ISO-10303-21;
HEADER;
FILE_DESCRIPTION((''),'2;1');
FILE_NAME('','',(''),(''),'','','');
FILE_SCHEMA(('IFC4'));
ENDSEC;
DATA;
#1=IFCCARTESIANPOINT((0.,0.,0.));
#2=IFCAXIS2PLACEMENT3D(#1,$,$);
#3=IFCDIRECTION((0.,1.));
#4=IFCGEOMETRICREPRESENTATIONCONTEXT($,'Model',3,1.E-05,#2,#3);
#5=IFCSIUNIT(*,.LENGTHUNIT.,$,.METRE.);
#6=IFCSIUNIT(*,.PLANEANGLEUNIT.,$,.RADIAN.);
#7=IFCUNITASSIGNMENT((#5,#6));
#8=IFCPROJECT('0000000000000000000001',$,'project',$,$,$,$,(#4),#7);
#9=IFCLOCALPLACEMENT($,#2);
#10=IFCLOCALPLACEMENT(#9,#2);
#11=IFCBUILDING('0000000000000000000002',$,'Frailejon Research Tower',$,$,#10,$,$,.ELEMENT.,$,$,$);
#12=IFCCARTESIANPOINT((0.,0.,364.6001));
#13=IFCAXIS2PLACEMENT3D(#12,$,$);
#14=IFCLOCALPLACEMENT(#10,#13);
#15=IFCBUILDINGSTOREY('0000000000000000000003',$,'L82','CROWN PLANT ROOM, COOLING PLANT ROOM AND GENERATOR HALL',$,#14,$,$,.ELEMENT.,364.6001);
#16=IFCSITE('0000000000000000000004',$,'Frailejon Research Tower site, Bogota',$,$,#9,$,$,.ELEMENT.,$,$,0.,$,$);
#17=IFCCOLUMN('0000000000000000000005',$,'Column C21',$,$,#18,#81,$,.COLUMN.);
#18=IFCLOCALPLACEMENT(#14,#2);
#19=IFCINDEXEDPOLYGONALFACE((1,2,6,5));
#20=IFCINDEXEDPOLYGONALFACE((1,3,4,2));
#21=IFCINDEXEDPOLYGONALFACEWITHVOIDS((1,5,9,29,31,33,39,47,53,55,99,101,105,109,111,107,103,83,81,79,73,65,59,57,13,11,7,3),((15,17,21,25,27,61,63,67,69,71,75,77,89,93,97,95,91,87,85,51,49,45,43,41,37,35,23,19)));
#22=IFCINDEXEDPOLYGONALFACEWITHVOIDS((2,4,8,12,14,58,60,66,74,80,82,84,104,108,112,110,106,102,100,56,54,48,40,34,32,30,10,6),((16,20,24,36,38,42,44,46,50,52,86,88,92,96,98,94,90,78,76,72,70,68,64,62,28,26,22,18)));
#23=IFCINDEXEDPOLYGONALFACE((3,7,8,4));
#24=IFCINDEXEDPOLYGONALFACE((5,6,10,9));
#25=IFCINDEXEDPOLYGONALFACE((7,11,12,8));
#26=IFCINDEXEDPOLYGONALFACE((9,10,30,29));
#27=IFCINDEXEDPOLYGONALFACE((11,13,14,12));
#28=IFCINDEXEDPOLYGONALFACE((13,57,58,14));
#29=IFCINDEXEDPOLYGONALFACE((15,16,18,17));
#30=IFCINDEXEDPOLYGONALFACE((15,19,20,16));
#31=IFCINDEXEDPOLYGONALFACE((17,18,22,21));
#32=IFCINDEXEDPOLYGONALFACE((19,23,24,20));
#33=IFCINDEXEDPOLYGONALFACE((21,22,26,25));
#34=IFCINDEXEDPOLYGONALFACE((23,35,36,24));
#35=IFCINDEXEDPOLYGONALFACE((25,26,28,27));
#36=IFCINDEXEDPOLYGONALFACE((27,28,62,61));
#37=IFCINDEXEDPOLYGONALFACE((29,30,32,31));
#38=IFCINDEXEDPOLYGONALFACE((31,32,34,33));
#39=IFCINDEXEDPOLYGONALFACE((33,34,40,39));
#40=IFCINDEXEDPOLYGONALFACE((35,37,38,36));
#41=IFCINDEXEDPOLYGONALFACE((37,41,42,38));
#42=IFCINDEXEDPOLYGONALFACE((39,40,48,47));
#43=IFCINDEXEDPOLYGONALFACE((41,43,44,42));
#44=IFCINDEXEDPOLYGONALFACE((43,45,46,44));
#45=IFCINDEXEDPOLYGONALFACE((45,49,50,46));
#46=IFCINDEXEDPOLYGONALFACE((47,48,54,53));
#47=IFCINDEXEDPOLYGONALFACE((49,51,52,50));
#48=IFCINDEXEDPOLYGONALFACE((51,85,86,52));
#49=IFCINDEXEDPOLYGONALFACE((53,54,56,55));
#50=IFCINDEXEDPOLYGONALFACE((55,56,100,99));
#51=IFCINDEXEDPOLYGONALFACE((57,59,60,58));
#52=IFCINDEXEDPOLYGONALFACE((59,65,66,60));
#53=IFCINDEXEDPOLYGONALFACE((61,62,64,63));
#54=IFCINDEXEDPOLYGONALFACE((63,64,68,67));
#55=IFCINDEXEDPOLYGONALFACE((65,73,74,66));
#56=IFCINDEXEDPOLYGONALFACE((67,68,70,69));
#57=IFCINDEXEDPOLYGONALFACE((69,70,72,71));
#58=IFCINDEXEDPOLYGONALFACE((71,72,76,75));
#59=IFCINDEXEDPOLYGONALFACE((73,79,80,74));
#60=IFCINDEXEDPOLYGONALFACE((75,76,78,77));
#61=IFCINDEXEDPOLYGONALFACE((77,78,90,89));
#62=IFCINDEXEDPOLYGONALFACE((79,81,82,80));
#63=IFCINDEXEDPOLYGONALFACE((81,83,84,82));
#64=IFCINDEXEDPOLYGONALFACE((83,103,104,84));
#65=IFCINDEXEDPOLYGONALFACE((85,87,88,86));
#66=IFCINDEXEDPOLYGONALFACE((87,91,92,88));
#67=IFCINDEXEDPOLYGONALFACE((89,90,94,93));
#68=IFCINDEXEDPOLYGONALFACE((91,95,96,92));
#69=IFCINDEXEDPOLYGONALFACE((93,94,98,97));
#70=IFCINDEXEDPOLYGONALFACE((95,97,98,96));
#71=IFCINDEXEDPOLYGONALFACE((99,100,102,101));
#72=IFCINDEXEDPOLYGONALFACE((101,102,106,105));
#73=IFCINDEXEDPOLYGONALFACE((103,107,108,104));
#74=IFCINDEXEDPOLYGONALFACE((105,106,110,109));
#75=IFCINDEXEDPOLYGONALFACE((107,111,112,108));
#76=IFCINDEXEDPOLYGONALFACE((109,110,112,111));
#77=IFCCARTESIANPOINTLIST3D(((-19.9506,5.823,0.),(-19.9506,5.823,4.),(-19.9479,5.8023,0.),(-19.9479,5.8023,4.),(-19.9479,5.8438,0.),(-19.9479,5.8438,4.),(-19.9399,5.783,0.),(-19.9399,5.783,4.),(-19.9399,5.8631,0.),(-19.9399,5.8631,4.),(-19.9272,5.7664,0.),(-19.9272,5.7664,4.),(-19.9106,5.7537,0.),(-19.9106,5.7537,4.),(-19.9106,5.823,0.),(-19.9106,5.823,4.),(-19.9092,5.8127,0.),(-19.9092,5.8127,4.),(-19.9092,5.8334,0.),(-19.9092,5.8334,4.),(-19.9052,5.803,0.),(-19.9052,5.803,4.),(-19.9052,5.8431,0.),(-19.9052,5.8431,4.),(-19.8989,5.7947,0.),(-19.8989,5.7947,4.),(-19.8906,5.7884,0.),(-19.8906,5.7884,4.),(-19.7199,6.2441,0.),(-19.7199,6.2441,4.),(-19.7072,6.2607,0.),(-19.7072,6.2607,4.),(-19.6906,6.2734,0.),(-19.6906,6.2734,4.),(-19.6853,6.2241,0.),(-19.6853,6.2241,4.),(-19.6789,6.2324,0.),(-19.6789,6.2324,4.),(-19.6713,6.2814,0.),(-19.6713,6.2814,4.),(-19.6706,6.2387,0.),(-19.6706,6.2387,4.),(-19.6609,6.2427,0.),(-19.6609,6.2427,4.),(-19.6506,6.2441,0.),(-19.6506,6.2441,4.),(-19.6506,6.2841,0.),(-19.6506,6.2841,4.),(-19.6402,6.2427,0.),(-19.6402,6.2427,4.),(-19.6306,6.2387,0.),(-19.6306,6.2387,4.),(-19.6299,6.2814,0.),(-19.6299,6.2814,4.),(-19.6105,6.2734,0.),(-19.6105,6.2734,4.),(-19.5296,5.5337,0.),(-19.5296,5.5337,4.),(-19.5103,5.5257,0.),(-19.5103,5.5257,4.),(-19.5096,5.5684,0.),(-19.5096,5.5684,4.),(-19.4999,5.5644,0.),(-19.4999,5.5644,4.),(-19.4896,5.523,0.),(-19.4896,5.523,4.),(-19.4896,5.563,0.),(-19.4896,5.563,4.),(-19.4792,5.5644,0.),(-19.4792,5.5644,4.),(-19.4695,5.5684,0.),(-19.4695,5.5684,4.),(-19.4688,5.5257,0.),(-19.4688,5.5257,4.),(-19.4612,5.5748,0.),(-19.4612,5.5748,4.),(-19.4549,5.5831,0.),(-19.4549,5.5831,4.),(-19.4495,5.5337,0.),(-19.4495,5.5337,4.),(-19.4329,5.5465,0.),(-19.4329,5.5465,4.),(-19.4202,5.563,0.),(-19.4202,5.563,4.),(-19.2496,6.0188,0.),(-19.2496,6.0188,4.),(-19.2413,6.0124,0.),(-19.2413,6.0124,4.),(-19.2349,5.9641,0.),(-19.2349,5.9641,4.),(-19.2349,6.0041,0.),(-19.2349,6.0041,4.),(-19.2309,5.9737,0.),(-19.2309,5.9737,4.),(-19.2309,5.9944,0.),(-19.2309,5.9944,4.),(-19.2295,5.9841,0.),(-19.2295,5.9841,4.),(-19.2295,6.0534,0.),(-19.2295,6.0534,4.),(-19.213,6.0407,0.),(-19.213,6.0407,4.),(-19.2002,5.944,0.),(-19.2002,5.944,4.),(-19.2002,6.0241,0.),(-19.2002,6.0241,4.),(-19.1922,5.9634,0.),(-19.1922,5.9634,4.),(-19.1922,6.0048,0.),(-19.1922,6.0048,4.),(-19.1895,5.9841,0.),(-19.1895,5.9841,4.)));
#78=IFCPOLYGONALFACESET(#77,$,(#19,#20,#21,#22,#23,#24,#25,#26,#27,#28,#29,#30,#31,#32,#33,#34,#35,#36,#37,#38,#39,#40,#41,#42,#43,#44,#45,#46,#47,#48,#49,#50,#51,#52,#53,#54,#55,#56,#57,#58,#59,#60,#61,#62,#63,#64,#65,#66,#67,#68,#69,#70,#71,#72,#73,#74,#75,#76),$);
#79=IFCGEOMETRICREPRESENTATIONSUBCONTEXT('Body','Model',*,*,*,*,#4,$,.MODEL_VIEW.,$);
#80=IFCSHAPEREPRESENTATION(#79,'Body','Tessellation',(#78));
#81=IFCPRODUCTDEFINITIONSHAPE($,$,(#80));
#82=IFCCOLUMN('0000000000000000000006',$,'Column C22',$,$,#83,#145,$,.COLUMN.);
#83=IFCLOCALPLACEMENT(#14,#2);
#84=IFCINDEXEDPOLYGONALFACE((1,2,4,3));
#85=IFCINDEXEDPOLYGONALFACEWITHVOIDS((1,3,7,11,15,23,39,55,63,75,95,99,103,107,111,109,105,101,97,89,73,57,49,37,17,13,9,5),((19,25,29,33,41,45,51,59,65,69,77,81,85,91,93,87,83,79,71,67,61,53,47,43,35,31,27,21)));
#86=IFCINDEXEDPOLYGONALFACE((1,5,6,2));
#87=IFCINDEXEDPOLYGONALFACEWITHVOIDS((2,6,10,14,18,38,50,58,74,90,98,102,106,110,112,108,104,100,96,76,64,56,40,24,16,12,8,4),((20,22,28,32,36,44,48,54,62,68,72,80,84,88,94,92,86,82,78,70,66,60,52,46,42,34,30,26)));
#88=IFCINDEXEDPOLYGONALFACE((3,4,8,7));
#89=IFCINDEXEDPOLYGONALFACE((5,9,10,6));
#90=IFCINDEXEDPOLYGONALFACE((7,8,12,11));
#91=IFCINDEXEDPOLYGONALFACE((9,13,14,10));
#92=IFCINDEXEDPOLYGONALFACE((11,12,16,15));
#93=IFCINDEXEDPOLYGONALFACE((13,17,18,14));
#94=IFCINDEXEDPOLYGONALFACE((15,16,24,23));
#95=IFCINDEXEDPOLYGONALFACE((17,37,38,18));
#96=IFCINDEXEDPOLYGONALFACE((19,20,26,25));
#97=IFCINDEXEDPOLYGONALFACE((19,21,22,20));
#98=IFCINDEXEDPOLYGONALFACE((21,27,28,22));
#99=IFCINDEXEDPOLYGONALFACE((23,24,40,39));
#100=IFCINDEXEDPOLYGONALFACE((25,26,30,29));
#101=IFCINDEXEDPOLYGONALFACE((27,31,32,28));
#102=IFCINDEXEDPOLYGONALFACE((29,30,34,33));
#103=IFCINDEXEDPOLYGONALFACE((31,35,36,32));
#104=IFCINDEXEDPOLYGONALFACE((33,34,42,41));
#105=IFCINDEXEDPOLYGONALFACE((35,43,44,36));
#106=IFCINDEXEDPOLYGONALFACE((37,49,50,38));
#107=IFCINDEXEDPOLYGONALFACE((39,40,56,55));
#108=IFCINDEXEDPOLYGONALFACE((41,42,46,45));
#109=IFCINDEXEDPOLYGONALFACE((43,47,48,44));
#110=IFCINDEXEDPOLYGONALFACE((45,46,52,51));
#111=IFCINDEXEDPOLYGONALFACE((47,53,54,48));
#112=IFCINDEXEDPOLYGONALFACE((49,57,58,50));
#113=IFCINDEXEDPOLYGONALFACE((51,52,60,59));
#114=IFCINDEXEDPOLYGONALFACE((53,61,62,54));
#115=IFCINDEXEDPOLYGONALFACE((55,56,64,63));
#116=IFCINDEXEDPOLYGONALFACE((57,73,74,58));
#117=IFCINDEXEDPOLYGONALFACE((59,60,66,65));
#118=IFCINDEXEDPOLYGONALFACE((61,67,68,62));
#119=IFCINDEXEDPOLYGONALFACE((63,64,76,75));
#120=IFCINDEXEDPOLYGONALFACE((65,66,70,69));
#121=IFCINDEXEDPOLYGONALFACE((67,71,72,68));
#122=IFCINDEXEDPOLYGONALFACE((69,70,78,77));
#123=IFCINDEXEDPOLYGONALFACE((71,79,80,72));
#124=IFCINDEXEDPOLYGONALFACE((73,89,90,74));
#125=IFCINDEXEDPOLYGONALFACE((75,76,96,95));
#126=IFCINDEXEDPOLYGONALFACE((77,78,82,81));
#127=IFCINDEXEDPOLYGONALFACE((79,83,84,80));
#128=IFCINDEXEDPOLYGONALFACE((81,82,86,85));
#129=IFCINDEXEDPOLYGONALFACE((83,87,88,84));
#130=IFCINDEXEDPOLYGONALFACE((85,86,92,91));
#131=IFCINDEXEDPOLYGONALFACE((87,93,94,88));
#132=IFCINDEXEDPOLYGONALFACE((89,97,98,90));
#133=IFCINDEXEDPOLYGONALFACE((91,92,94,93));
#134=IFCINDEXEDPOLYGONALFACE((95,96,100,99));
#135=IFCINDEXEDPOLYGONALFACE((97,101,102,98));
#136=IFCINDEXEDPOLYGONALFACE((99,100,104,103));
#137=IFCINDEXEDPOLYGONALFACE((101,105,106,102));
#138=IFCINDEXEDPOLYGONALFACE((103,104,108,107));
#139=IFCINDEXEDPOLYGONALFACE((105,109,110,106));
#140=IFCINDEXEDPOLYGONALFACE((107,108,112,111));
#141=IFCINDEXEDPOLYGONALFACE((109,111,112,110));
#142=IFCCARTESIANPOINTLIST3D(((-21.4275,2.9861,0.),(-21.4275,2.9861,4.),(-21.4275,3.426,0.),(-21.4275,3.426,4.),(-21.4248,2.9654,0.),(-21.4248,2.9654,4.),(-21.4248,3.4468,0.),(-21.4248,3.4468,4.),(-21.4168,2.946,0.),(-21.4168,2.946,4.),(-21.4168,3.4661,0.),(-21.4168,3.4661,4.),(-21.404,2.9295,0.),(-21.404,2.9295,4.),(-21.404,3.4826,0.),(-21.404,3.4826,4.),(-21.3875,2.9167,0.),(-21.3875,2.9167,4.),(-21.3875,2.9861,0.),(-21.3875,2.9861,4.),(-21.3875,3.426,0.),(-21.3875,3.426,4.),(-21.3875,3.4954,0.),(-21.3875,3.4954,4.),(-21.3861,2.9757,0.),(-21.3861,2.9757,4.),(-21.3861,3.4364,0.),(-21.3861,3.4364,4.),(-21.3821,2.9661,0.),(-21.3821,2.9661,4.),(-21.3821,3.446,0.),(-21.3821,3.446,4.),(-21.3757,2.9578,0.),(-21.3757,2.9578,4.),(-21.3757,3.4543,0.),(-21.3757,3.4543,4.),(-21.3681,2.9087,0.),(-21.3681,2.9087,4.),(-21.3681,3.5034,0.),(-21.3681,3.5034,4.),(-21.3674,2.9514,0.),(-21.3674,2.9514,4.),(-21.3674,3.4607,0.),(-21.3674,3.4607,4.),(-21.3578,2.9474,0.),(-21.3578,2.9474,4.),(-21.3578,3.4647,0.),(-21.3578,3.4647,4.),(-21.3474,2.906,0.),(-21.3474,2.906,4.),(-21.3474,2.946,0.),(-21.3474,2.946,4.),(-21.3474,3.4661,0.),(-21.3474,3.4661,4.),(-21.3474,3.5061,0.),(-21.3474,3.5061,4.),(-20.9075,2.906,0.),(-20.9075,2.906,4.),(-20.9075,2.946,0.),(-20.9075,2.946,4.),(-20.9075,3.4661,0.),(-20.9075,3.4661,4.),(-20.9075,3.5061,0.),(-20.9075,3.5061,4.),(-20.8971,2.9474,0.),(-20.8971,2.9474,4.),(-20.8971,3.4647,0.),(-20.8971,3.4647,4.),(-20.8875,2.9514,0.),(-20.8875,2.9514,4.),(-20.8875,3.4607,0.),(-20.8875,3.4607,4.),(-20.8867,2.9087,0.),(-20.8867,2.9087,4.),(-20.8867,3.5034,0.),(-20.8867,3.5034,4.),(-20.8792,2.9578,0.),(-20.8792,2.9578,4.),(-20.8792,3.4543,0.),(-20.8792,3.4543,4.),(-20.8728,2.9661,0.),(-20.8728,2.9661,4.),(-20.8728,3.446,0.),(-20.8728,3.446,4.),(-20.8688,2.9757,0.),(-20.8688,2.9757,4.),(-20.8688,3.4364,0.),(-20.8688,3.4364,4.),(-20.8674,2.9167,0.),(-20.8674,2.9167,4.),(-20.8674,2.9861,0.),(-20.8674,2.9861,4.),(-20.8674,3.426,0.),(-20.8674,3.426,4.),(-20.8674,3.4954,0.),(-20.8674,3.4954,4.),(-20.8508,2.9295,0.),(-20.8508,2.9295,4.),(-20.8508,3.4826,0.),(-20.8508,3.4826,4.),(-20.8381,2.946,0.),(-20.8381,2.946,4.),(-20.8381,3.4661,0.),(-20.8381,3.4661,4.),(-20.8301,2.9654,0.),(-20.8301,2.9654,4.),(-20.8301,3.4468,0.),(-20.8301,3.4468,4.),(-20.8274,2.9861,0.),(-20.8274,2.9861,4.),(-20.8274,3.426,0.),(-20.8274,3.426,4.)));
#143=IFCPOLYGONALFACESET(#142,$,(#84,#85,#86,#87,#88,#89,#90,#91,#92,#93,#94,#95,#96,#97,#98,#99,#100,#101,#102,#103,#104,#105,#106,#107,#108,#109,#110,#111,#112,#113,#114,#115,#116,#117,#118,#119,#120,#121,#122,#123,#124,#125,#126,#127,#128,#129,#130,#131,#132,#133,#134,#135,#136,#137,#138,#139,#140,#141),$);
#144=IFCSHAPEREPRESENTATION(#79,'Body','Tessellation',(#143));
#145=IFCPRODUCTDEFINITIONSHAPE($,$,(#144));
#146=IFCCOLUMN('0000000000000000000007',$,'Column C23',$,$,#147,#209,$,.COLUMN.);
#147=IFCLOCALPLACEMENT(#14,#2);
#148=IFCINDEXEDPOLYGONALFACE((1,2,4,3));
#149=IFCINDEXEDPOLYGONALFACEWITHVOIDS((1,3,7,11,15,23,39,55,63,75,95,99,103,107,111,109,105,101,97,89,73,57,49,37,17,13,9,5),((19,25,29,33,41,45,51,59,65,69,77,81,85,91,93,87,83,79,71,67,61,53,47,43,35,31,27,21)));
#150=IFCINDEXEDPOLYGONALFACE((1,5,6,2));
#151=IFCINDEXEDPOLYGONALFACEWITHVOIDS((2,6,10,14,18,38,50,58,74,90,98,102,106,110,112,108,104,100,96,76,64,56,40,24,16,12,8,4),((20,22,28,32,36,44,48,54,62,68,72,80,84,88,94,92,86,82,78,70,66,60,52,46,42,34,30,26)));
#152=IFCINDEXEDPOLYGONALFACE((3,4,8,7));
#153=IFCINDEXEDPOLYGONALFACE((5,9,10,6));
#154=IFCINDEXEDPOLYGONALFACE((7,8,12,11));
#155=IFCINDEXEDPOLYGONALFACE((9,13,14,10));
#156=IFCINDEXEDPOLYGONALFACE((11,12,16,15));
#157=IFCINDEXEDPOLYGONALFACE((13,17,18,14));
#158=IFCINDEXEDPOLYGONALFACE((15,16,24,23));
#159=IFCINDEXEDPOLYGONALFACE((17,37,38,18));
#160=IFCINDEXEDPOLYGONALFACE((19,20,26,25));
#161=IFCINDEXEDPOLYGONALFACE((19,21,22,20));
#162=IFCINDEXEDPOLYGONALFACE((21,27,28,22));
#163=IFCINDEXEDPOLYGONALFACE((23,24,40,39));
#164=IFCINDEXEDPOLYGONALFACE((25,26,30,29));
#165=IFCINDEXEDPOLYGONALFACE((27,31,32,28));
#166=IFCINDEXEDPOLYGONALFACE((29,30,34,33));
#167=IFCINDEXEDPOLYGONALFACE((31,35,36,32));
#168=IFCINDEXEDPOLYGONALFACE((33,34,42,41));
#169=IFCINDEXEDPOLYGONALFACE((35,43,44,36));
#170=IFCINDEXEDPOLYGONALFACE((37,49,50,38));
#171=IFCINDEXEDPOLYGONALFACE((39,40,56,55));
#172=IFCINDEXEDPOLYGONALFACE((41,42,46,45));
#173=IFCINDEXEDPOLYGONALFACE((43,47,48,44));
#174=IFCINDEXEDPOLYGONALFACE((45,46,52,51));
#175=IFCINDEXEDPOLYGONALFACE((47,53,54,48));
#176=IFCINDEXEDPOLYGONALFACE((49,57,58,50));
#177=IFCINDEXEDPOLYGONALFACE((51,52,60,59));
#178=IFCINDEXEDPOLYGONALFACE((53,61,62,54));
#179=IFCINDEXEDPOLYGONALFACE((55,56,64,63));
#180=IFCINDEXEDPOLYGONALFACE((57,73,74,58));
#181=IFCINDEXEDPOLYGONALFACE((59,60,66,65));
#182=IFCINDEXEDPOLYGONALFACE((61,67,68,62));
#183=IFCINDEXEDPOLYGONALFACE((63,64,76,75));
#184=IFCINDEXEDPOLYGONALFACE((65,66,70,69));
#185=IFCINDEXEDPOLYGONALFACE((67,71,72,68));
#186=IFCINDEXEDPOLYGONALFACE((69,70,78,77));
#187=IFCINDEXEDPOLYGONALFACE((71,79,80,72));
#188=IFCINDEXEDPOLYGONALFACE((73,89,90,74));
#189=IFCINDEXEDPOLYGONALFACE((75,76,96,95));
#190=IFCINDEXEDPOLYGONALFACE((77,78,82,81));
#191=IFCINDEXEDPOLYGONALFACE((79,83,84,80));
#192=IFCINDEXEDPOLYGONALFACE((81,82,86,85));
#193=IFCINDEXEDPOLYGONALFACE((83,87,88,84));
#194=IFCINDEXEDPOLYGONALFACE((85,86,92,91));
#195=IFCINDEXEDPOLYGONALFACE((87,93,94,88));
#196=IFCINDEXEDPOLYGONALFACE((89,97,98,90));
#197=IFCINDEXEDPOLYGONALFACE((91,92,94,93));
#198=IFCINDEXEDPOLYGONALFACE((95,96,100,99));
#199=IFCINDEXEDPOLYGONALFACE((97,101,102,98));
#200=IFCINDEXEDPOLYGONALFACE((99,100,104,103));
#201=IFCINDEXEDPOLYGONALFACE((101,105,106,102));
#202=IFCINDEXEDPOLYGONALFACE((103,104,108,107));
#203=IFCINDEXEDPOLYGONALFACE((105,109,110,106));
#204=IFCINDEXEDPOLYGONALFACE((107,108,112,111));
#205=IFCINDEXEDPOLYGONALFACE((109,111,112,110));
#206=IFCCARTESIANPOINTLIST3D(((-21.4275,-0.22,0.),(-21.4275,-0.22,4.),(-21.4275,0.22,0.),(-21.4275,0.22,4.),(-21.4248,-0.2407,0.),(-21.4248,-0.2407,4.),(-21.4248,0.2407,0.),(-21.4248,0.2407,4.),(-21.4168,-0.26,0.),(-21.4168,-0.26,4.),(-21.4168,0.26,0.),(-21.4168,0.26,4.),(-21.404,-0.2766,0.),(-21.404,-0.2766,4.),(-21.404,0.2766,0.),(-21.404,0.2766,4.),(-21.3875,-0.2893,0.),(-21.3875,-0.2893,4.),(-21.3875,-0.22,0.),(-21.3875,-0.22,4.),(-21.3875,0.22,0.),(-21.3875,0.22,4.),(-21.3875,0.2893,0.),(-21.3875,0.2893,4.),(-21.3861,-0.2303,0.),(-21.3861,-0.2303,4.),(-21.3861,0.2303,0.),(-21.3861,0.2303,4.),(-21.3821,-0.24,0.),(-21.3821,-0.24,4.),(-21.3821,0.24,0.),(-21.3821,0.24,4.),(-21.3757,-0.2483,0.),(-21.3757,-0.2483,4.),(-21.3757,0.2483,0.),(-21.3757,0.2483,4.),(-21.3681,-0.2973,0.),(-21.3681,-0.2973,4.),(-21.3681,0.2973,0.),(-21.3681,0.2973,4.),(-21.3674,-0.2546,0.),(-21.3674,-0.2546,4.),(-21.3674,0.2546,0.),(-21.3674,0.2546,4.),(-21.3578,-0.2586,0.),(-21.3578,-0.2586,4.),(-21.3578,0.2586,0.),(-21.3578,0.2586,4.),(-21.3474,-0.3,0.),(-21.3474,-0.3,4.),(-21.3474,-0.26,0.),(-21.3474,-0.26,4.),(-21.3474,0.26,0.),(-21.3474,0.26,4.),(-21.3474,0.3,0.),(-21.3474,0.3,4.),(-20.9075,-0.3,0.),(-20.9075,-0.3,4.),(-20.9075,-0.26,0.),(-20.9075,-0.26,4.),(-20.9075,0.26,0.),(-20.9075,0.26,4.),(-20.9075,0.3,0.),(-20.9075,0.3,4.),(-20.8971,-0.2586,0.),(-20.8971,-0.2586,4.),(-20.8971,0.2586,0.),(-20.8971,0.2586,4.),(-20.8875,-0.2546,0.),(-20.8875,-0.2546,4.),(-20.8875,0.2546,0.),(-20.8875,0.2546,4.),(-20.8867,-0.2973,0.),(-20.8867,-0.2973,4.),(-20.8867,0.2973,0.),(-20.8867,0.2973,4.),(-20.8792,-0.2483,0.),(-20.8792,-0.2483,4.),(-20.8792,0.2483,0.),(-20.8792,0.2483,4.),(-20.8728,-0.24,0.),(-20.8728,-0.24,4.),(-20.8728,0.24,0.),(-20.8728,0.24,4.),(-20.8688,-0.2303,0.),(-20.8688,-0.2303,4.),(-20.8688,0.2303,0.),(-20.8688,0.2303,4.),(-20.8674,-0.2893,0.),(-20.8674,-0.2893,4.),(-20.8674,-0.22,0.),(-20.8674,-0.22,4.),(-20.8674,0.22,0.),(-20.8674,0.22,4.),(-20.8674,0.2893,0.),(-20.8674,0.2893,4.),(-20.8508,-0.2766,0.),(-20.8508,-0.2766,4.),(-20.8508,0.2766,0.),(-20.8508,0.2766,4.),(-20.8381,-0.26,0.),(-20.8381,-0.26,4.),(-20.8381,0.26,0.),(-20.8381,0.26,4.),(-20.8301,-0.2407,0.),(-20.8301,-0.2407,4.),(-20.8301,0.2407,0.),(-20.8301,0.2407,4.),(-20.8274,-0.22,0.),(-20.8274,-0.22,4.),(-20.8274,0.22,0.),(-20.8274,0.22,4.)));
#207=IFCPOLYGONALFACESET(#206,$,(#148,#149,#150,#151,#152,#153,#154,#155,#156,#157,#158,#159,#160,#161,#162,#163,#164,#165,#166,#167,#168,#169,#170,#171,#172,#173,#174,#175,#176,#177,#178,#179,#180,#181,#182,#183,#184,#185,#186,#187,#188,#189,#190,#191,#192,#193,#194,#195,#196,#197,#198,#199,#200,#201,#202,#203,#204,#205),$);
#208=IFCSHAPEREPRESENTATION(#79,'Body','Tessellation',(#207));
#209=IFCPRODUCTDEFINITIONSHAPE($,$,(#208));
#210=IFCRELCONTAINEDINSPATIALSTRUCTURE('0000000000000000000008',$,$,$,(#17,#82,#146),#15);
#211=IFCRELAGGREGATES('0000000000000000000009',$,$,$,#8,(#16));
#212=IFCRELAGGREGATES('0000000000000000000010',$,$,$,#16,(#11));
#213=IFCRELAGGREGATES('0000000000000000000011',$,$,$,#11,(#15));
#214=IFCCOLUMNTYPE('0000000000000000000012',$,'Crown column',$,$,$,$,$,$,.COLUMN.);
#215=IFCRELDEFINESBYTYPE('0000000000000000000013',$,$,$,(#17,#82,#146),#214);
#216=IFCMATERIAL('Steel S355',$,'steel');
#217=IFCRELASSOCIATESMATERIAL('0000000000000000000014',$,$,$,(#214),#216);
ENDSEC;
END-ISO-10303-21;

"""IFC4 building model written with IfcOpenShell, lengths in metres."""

from ifc_helpers import new_model, si_unit, direction, frame, origin, origin_2d, place, context, subcontext, project, spatial, hollow_rectangle, extrude, material, material_profile, profile_set, type_object, element, save


model = new_model("IFC4")

# Units and contexts
model_context = context("Model", 3, precision=1e-05, world=origin(), true_north=direction((0.0, 1.0)))
body_context = subcontext(model_context, "Body", "Model", "MODEL_VIEW")
ifc_project = project(units=[si_unit("LENGTHUNIT", "METRE"), si_unit("PLANEANGLEUNIT", "RADIAN")], contexts=[model_context])

# Site, building, storey
site_placement = place(None, origin())
site = spatial("IfcSite", under=ifc_project, at=site_placement, Name="Frailejon Research Tower site, Bogota", CompositionType="ELEMENT", RefElevation=0.0)
building_placement = place(site_placement, origin())
building = spatial("IfcBuilding", under=site, at=building_placement, Name="Frailejon Research Tower", CompositionType="ELEMENT")
storey_placement = place(building_placement, frame((0.0, 0.0, 364.6001)))
storey = spatial("IfcBuildingStorey", under=building, at=storey_placement, Name="L82", Description="CROWN PLANT ROOM, COOLING PLANT ROOM AND GENERATOR HALL", CompositionType="ELEMENT", Elevation=364.6001)

# Columns
ifc_material_1 = material(Name="Steel S355", Category="steel")
ifc_material_profile_1 = material_profile(ifc_material_1, hollow_rectangle(XDim=0.6001, YDim=0.6001, WallThickness=0.04, InnerFilletRadius=0.04, OuterFilletRadius=0.0801, at=origin_2d()), Name="Crown column")
ifc_profile_set_1 = profile_set([ifc_material_profile_1], Name="Steel S355")
column_type = type_object("IfcColumnType", Name="Crown column", PredefinedType="COLUMN", material=ifc_profile_set_1)
for number, where, z_axis, x_axis, name in (
    (1, (-19.5701, 5.9036, 0.0), (0.0, 0.0, 1.0), (-0.5, -0.866025, 0.0), "Column C21"),
    (2, (-21.1274, 3.2061, 0.0), (0.0, 0.0, 1.0), (0.0, -1.0, 0.0), "Column C22"),
    (3, (-21.1274, 0.0, 0.0), (0.0, 0.0, 1.0), (0.0, -1.0, 0.0), "Column C23"),
):
    element("IfcColumn", number, at=place(storey_placement, frame(where, z_axis=z_axis, x_axis=x_axis)), inside=storey, type_object=column_type, Name=name, PredefinedType="COLUMN", context=body_context, shape_type="SweptSolid", body=[
        extrude(hollow_rectangle(XDim=0.6001, YDim=0.6001, WallThickness=0.04, InnerFilletRadius=0.04, OuterFilletRadius=0.0801, at=origin_2d()), origin(), (0.0, 0.0, 1.0), 4.0),
    ])

save(model, "model.ifc")
